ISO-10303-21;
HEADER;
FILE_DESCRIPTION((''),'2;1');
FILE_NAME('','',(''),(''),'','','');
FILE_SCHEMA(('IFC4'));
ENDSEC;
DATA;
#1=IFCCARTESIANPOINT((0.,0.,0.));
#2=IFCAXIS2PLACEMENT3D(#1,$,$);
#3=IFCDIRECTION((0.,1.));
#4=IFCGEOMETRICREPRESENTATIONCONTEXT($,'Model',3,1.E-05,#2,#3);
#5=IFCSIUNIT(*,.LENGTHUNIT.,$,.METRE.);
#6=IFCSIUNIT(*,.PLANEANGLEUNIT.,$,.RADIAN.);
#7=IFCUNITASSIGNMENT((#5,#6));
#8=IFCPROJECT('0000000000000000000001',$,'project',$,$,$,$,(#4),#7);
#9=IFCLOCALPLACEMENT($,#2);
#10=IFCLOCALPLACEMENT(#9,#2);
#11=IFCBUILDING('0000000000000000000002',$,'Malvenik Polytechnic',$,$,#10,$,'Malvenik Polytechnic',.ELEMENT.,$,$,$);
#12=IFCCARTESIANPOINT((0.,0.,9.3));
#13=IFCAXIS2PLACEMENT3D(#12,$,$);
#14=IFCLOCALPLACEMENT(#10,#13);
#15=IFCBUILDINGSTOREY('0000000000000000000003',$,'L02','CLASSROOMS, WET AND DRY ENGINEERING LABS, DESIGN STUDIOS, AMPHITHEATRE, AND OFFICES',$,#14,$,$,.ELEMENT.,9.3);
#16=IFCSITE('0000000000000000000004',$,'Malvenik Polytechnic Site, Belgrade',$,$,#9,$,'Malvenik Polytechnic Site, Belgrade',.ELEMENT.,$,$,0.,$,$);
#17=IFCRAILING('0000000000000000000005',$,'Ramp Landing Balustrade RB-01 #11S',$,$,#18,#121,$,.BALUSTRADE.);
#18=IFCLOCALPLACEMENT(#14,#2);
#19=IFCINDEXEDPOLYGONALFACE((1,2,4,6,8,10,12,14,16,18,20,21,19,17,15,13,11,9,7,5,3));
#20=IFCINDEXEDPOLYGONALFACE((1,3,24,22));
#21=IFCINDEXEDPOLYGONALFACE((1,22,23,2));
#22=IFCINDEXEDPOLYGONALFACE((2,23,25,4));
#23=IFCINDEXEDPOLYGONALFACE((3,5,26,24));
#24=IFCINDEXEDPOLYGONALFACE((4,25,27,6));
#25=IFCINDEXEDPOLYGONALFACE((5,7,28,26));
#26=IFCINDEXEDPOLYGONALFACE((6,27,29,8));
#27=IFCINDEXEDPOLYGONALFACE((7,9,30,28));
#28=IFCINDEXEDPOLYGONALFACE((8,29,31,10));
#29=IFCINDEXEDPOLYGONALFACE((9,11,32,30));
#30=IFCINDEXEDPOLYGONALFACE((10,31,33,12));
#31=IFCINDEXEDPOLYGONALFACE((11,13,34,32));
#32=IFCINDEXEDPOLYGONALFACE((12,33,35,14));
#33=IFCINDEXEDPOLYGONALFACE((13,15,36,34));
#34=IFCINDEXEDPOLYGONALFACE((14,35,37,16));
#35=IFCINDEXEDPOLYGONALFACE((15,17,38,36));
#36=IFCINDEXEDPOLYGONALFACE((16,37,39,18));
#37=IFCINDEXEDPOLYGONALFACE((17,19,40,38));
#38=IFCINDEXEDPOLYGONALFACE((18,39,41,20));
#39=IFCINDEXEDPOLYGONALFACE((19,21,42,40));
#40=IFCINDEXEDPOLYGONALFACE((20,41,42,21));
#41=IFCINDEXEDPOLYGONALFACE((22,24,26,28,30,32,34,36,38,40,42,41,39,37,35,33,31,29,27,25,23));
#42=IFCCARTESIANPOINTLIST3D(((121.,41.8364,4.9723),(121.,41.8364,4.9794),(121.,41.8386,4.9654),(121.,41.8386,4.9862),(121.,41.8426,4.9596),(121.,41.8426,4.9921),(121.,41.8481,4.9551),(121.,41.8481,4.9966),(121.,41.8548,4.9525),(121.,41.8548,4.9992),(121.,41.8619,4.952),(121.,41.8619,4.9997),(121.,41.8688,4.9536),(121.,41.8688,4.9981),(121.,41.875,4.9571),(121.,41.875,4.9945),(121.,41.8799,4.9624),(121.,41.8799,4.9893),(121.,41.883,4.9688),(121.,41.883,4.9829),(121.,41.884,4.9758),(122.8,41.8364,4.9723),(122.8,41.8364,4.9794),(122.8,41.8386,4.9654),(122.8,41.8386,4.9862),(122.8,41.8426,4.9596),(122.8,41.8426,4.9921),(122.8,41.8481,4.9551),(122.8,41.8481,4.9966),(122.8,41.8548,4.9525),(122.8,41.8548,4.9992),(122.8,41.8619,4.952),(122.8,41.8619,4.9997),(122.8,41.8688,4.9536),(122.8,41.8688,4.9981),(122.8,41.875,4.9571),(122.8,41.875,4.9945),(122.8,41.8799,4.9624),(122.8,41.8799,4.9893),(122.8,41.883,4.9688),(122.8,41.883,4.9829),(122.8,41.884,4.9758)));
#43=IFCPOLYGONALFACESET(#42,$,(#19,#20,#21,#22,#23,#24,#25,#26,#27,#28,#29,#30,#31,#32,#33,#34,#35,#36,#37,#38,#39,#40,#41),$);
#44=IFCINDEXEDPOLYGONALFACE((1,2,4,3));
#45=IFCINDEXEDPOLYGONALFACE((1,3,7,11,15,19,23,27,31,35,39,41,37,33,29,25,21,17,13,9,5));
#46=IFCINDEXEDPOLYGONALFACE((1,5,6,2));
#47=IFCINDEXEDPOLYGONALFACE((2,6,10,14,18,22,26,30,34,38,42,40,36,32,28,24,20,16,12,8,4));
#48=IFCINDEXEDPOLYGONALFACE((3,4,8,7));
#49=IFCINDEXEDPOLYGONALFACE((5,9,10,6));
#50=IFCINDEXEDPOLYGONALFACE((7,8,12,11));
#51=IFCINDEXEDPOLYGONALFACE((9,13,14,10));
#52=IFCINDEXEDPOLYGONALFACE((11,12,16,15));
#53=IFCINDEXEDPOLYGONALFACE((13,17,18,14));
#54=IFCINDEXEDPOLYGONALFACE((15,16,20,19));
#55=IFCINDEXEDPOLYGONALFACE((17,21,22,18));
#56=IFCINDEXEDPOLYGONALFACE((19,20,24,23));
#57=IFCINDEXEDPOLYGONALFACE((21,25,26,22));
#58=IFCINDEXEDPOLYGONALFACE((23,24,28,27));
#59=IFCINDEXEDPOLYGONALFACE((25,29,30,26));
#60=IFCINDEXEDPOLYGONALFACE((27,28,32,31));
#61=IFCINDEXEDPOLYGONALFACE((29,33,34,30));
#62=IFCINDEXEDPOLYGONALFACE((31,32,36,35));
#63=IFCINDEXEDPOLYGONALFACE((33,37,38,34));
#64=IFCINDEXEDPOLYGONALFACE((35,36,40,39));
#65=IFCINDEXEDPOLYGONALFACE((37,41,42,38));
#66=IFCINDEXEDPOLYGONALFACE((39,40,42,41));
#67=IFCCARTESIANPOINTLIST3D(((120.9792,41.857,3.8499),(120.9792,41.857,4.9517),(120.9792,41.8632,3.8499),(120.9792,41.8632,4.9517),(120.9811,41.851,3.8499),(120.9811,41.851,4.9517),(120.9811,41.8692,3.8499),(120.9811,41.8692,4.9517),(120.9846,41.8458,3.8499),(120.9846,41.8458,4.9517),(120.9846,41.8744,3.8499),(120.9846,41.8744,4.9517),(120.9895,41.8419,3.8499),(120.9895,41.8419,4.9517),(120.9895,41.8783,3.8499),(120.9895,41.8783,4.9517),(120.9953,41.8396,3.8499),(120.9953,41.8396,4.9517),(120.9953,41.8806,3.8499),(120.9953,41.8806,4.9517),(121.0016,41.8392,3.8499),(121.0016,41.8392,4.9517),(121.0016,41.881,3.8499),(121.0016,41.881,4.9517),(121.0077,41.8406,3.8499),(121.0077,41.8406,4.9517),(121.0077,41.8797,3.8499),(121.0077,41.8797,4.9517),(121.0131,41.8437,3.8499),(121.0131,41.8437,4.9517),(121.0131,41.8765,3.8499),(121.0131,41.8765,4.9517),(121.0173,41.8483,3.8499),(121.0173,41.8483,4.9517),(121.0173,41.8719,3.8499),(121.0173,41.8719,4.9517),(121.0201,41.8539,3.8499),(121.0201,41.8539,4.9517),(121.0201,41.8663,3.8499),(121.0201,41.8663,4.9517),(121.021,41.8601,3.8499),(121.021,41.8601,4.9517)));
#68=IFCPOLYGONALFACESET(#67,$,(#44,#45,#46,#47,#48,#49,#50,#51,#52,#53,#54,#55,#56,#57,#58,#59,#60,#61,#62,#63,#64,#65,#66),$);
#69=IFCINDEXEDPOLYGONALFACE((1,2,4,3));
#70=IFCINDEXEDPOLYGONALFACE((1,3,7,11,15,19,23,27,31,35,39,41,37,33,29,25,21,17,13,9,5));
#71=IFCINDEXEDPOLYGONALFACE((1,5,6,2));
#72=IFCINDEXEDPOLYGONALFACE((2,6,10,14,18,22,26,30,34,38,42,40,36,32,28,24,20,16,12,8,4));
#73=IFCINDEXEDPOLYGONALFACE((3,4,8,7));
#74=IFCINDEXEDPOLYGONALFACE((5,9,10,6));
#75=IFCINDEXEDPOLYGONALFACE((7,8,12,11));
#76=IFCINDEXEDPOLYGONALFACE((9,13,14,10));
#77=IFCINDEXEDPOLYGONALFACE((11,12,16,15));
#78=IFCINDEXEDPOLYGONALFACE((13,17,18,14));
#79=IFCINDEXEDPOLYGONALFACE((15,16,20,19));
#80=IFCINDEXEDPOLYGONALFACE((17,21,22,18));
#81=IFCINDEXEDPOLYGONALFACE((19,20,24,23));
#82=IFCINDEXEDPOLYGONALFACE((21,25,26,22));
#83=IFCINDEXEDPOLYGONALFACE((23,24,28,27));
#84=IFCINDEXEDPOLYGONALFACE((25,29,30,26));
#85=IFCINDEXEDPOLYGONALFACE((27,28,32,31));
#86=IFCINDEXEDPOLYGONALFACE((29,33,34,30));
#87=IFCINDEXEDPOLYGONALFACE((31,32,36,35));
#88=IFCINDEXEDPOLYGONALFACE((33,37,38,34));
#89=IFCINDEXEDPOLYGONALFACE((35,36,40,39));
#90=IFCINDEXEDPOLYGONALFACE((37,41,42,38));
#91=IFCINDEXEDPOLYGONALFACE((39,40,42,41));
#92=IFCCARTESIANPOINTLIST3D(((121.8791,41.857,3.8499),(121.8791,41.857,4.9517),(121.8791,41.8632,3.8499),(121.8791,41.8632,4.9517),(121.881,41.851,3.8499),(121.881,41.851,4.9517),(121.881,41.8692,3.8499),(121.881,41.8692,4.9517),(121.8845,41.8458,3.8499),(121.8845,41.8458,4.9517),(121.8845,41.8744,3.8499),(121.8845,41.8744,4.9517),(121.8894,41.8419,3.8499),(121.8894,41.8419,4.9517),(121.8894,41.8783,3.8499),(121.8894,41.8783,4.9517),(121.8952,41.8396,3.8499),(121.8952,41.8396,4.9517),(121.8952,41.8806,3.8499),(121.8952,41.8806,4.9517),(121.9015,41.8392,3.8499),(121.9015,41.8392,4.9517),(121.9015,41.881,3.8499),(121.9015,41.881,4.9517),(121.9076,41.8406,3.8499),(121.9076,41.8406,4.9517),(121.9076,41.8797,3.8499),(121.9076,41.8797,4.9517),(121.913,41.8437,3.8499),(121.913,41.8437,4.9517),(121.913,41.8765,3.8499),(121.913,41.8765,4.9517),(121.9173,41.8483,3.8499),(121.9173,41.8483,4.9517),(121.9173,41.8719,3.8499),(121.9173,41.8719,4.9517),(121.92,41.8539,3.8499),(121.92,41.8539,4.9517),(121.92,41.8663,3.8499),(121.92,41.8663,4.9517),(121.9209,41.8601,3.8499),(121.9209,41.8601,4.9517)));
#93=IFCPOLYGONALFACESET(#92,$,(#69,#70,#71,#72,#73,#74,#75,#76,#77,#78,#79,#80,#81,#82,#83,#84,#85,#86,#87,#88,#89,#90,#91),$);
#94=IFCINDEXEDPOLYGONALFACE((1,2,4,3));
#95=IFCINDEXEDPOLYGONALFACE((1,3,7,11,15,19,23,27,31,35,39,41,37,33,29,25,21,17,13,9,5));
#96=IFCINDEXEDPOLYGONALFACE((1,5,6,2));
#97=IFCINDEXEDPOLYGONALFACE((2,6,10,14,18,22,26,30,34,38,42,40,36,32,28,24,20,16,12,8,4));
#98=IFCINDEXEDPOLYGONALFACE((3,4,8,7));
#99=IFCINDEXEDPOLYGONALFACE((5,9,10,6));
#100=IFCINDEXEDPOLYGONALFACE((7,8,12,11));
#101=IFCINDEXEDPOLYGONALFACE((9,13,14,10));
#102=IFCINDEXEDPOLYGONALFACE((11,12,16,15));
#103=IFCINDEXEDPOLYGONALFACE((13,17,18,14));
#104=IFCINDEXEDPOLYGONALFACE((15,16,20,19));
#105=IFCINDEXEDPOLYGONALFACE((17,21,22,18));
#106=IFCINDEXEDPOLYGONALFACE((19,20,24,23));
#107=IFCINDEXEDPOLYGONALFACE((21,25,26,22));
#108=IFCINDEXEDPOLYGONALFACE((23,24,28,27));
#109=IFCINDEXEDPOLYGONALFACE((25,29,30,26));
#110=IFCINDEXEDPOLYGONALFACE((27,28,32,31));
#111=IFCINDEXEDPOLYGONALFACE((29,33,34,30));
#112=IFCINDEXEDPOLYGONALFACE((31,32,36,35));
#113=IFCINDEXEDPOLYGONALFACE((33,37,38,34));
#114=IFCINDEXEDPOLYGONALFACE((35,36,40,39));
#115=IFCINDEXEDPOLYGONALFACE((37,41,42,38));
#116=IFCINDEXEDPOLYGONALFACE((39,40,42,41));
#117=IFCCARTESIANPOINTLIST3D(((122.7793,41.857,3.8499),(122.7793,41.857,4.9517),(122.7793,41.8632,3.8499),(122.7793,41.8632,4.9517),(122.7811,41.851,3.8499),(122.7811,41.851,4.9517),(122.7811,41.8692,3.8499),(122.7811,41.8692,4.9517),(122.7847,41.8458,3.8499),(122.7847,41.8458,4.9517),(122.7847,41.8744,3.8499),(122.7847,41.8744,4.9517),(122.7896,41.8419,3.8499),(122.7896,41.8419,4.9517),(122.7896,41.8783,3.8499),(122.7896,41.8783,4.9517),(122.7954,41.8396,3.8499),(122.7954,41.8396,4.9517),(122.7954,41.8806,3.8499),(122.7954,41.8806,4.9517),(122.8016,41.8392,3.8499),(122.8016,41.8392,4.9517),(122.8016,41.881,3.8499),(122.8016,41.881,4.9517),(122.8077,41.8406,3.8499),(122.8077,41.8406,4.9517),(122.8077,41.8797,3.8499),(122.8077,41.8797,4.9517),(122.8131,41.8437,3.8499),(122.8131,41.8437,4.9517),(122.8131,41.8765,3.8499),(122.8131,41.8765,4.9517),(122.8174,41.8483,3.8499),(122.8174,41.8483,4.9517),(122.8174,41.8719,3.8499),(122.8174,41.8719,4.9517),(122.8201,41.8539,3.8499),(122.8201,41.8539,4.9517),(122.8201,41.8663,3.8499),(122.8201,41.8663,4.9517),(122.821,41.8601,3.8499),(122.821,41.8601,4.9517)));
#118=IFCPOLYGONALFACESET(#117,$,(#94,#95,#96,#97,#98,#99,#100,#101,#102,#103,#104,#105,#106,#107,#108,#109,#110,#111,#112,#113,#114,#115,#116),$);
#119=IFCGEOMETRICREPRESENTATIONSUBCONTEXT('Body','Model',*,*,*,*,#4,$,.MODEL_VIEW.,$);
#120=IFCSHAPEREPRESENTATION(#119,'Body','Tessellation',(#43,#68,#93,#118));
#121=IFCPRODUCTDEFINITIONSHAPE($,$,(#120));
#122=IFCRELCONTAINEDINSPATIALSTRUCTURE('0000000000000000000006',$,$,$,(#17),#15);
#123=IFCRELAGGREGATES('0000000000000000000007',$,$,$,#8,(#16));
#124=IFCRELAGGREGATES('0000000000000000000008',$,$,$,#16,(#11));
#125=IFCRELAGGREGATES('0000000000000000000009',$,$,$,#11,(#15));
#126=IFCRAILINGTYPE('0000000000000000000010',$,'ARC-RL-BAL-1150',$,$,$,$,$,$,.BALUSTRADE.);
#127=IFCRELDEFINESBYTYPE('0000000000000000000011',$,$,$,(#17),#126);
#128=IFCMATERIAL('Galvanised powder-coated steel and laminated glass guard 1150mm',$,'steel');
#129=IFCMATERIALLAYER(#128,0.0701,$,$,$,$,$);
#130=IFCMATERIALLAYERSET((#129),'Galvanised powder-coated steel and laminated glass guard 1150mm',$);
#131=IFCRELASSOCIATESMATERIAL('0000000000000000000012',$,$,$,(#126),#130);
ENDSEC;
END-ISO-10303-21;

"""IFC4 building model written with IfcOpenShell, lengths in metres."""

from ifc_helpers import new_model, si_unit, direction, frame, origin, origin_2d, place, context, subcontext, project, spatial, circle, extrude, material, layer, layer_set, type_object, element, save


model = new_model("IFC4")

# Units and contexts
model_context = context("Model", 3, precision=1e-05, world=origin(), true_north=direction((0.0, 1.0)))
body_context = subcontext(model_context, "Body", "Model", "MODEL_VIEW")
ifc_project = project(units=[si_unit("LENGTHUNIT", "METRE"), si_unit("PLANEANGLEUNIT", "RADIAN")], contexts=[model_context])

# Site, building, storey
site_placement = place(None, origin())
site = spatial("IfcSite", under=ifc_project, at=site_placement, Name="Malvenik Polytechnic Site, Belgrade", LongName="Malvenik Polytechnic Site, Belgrade", CompositionType="ELEMENT", RefElevation=0.0)
building_placement = place(site_placement, origin())
building = spatial("IfcBuilding", under=site, at=building_placement, Name="Malvenik Polytechnic", LongName="Malvenik Polytechnic", CompositionType="ELEMENT")
storey_placement = place(building_placement, frame((0.0, 0.0, 9.3)))
storey = spatial("IfcBuildingStorey", under=building, at=storey_placement, Name="L02", Description="CLASSROOMS, WET AND DRY ENGINEERING LABS, DESIGN STUDIOS, AMPHITHEATRE, AND OFFICES", CompositionType="ELEMENT", Elevation=9.3)

# Railing
ifc_material_1 = material(Name="Galvanised powder-coated steel and laminated glass guard 1150mm", Category="steel")
ifc_layer_1 = layer(ifc_material_1, 0.0701)
ifc_layer_set_1 = layer_set([ifc_layer_1], Name="Galvanised powder-coated steel and laminated glass guard 1150mm")
railing_type_1 = type_object("IfcRailingType", Name="ARC-RL-BAL-1150", PredefinedType="BALUSTRADE", material=ifc_layer_set_1)
railing_1_placement = place(storey_placement, frame((121.0, 41.8601, 3.8499)))
element("IfcRailing", 1, at=railing_1_placement, inside=storey, type_object=railing_type_1, Name="Ramp Landing Balustrade RB-01 #11S", PredefinedType="BALUSTRADE", context=body_context, shape_type="SweptSolid", body=[
    extrude(circle(Radius=0.0239, at=origin_2d()), frame((0.0, 0.0, 1.126), z_axis=(1.0, 0.0, 0.0), x_axis=(0.0, 1.0, 0.0)), (0.0, 0.0, 1.0), 1.8),
    extrude(circle(Radius=0.021, at=origin_2d()), origin(), (0.0, 0.0, 1.0), 1.1018),
    extrude(circle(Radius=0.021, at=origin_2d()), frame((0.8999, 0.0, 0.0)), (0.0, 0.0, 1.0), 1.1018),
    extrude(circle(Radius=0.021, at=origin_2d()), frame((1.8, 0.0, 0.0)), (0.0, 0.0, 1.0), 1.1018),
])

save(model, "model.ifc")
